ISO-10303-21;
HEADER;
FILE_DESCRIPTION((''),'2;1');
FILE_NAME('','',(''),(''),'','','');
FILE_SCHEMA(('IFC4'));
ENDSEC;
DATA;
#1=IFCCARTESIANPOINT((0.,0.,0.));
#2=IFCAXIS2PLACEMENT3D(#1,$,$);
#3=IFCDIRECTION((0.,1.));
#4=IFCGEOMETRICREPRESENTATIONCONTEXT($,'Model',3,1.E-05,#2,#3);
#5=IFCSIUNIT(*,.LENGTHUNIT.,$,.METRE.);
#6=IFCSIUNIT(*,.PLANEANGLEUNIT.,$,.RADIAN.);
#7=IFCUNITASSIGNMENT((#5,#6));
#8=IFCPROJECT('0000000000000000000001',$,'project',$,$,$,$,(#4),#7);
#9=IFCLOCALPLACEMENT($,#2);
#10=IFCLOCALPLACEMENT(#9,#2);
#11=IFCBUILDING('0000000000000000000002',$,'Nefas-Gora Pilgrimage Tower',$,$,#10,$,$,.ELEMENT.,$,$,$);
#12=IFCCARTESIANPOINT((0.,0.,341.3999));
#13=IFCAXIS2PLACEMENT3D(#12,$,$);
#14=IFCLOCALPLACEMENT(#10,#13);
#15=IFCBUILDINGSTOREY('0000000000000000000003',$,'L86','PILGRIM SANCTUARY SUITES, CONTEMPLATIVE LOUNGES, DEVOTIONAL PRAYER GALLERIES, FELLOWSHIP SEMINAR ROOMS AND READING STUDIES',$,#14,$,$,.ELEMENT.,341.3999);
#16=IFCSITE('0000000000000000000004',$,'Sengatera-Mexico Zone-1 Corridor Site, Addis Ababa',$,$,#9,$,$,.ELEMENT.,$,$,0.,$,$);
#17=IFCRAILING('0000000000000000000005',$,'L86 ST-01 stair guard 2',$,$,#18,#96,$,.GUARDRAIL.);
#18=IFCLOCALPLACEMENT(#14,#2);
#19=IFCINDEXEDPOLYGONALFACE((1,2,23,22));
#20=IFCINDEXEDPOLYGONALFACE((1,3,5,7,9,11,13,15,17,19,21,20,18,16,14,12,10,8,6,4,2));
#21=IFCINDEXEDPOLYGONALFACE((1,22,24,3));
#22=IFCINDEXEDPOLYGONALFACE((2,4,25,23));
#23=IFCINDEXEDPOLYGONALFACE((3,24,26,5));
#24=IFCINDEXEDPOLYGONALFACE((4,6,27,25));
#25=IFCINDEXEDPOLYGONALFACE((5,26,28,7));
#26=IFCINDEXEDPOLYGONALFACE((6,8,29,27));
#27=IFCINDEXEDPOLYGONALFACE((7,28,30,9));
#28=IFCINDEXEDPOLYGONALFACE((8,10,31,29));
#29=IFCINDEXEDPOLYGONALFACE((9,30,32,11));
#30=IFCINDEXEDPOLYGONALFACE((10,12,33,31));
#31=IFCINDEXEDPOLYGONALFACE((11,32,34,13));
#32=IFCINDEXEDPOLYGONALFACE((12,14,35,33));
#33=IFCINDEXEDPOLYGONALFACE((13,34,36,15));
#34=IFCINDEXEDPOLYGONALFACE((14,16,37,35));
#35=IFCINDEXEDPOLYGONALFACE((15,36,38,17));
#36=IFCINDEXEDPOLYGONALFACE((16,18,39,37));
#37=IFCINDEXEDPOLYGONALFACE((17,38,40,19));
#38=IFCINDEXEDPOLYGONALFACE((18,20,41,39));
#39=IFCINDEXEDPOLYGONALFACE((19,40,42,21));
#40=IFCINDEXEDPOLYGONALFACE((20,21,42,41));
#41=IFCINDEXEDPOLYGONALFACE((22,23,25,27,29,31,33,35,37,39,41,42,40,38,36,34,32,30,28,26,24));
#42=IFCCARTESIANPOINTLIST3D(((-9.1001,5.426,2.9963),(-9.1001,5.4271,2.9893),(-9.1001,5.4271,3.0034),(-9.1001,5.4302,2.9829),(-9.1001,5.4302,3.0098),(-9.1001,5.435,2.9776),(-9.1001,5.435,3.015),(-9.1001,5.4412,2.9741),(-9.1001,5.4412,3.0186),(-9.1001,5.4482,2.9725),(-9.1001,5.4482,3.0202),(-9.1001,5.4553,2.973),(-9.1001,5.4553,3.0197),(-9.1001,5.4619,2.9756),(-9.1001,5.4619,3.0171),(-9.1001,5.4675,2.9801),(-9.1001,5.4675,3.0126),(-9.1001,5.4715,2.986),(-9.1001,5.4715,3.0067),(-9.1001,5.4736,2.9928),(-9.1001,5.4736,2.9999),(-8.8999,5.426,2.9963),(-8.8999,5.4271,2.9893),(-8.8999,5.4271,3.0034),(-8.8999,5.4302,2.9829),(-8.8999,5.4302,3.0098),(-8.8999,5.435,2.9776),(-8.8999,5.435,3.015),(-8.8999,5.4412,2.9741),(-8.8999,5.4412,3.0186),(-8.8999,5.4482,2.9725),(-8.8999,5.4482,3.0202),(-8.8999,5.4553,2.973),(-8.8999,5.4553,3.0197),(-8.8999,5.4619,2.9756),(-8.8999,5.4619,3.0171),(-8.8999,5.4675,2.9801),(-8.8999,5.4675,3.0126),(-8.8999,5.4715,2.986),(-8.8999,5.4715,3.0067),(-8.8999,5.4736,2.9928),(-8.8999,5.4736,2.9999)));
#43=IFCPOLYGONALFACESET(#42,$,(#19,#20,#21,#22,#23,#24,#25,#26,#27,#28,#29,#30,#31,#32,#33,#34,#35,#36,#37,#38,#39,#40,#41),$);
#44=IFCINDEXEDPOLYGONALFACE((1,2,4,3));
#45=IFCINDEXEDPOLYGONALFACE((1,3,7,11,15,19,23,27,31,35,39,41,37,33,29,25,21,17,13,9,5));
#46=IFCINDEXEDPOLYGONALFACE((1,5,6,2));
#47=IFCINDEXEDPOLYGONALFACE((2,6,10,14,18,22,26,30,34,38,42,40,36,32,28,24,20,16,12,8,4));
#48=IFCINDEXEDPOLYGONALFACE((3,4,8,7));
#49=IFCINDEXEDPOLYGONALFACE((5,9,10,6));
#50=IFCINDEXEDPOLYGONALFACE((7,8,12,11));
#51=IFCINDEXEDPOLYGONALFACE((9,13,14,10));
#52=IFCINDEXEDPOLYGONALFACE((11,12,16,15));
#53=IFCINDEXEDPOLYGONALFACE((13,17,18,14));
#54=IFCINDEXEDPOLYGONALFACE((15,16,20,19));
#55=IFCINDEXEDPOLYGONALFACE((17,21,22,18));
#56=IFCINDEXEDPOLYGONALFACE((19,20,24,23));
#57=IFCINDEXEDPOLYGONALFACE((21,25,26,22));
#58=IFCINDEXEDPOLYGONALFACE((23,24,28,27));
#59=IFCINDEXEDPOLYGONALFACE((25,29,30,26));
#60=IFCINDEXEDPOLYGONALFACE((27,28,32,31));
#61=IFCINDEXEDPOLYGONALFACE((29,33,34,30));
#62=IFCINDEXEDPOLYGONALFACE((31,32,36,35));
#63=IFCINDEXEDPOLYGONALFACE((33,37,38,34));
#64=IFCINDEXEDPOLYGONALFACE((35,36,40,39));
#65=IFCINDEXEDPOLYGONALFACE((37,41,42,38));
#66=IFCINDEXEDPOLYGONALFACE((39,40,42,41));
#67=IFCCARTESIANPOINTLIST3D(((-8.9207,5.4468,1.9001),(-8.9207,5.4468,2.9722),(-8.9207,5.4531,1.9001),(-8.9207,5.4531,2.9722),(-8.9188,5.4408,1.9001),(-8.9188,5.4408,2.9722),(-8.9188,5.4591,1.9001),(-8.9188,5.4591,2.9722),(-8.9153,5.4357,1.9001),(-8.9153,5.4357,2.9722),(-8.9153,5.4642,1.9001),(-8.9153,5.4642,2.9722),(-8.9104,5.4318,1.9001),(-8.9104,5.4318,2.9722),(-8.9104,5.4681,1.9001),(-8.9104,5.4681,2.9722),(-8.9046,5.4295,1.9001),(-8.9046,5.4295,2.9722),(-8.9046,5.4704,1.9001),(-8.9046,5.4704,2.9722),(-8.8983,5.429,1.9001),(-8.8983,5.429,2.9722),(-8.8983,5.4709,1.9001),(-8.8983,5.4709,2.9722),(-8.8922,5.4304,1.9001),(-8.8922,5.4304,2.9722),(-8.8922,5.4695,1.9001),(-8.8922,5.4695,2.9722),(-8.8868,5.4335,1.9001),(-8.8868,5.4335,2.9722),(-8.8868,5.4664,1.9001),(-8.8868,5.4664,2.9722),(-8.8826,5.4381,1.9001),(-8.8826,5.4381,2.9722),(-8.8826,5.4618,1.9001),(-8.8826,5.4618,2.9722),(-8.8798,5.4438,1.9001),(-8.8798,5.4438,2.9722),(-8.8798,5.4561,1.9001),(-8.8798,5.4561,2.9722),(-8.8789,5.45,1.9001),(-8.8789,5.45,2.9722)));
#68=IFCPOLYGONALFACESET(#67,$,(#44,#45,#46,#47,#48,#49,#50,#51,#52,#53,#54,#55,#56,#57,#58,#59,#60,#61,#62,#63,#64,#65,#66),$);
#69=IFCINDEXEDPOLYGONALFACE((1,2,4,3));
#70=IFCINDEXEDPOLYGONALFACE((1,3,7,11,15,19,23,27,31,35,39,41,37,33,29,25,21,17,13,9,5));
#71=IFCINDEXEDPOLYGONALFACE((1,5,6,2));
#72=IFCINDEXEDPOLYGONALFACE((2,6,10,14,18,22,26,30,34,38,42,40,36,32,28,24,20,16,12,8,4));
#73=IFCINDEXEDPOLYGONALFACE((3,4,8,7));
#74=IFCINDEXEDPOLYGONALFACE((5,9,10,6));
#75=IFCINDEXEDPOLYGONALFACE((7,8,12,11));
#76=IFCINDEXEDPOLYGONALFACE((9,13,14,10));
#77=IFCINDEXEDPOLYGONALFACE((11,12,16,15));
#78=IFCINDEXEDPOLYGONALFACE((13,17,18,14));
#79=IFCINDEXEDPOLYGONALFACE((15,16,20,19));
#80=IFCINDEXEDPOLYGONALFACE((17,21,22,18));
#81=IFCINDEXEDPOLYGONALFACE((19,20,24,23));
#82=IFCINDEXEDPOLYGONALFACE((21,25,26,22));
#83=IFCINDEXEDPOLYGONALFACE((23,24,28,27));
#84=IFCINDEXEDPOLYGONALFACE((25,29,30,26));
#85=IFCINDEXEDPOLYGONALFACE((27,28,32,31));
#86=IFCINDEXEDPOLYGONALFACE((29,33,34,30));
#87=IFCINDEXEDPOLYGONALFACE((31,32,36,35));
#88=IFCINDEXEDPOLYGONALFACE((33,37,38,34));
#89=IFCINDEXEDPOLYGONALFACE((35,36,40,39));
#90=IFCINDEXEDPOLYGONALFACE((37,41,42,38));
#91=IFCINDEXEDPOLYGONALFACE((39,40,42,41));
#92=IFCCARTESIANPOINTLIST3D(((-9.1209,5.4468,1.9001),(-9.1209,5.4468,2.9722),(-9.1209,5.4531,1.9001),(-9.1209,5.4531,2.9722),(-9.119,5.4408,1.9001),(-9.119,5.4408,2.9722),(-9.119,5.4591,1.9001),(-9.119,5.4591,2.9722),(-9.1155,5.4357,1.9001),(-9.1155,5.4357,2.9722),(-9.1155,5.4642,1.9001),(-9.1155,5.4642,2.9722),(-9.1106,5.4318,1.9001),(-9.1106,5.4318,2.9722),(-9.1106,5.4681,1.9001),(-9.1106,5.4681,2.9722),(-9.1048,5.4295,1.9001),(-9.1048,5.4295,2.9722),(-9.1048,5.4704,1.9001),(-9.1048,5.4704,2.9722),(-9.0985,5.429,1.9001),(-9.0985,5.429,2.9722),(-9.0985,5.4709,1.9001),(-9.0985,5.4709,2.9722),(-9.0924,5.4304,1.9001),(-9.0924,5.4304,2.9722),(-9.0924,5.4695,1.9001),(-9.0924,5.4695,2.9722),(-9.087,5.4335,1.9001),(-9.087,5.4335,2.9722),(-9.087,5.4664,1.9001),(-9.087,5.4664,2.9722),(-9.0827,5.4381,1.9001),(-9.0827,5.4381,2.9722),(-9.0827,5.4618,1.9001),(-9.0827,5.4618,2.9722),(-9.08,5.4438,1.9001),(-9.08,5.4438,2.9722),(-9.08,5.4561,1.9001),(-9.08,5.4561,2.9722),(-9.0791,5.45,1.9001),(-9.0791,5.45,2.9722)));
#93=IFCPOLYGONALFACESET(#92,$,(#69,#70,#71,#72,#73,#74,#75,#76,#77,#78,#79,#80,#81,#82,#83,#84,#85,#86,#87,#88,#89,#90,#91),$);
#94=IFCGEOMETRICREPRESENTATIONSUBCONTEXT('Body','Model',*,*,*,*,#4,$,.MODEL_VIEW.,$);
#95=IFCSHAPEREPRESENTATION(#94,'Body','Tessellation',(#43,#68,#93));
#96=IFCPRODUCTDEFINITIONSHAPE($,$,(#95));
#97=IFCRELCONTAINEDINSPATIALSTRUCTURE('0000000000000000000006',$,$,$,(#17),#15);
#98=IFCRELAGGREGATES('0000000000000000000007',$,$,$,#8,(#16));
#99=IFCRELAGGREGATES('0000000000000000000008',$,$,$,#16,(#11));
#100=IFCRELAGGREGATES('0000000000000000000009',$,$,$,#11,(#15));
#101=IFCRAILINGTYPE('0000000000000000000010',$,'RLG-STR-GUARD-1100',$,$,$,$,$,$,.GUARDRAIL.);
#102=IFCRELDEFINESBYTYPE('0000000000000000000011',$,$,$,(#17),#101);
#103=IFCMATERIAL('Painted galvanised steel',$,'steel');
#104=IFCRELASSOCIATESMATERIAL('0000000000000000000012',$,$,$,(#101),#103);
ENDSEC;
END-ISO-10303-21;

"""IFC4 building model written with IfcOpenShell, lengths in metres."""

from ifc_helpers import new_model, si_unit, direction, frame, origin, origin_2d, place, context, subcontext, project, spatial, circle, extrude, material, type_object, element, save


model = new_model("IFC4")

# Units and contexts
model_context = context("Model", 3, precision=1e-05, world=origin(), true_north=direction((0.0, 1.0)))
body_context = subcontext(model_context, "Body", "Model", "MODEL_VIEW")
ifc_project = project(units=[si_unit("LENGTHUNIT", "METRE"), si_unit("PLANEANGLEUNIT", "RADIAN")], contexts=[model_context])

# Site, building, storey
site_placement = place(None, origin())
site = spatial("IfcSite", under=ifc_project, at=site_placement, Name="Sengatera-Mexico Zone-1 Corridor Site, Addis Ababa", CompositionType="ELEMENT", RefElevation=0.0)
building_placement = place(site_placement, origin())
building = spatial("IfcBuilding", under=site, at=building_placement, Name="Nefas-Gora Pilgrimage Tower", CompositionType="ELEMENT")
storey_placement = place(building_placement, frame((0.0, 0.0, 341.3999)))
storey = spatial("IfcBuildingStorey", under=building, at=storey_placement, Name="L86", Description="PILGRIM SANCTUARY SUITES, CONTEMPLATIVE LOUNGES, DEVOTIONAL PRAYER GALLERIES, FELLOWSHIP SEMINAR ROOMS AND READING STUDIES", CompositionType="ELEMENT", Elevation=341.3999)

# Railing
ifc_material_1 = material(Name="Painted galvanised steel", Category="steel")
railing_type_1 = type_object("IfcRailingType", Name="RLG-STR-GUARD-1100", PredefinedType="GUARDRAIL", material=ifc_material_1)
railing_1_placement = place(storey_placement, frame((-8.8999, 5.45, 1.9001)))
element("IfcRailing", 1, at=railing_1_placement, inside=storey, type_object=railing_type_1, Name="L86 ST-01 stair guard 2", PredefinedType="GUARDRAIL", context=body_context, shape_type="SweptSolid", body=[
    extrude(circle(Radius=0.0239, at=origin_2d()), frame((0.0, 0.0, 1.0962), z_axis=(-1.0, 0.0, 0.0), x_axis=(0.0, -1.0, 0.0)), (0.0, 0.0, 1.0), 0.2002),
    extrude(circle(Radius=0.021, at=origin_2d()), origin(), (0.0, 0.0, 1.0), 1.072),
    extrude(circle(Radius=0.021, at=origin_2d()), frame((-0.2002, 0.0, 0.0)), (0.0, 0.0, 1.0), 1.072),
])

save(model, "model.ifc")
